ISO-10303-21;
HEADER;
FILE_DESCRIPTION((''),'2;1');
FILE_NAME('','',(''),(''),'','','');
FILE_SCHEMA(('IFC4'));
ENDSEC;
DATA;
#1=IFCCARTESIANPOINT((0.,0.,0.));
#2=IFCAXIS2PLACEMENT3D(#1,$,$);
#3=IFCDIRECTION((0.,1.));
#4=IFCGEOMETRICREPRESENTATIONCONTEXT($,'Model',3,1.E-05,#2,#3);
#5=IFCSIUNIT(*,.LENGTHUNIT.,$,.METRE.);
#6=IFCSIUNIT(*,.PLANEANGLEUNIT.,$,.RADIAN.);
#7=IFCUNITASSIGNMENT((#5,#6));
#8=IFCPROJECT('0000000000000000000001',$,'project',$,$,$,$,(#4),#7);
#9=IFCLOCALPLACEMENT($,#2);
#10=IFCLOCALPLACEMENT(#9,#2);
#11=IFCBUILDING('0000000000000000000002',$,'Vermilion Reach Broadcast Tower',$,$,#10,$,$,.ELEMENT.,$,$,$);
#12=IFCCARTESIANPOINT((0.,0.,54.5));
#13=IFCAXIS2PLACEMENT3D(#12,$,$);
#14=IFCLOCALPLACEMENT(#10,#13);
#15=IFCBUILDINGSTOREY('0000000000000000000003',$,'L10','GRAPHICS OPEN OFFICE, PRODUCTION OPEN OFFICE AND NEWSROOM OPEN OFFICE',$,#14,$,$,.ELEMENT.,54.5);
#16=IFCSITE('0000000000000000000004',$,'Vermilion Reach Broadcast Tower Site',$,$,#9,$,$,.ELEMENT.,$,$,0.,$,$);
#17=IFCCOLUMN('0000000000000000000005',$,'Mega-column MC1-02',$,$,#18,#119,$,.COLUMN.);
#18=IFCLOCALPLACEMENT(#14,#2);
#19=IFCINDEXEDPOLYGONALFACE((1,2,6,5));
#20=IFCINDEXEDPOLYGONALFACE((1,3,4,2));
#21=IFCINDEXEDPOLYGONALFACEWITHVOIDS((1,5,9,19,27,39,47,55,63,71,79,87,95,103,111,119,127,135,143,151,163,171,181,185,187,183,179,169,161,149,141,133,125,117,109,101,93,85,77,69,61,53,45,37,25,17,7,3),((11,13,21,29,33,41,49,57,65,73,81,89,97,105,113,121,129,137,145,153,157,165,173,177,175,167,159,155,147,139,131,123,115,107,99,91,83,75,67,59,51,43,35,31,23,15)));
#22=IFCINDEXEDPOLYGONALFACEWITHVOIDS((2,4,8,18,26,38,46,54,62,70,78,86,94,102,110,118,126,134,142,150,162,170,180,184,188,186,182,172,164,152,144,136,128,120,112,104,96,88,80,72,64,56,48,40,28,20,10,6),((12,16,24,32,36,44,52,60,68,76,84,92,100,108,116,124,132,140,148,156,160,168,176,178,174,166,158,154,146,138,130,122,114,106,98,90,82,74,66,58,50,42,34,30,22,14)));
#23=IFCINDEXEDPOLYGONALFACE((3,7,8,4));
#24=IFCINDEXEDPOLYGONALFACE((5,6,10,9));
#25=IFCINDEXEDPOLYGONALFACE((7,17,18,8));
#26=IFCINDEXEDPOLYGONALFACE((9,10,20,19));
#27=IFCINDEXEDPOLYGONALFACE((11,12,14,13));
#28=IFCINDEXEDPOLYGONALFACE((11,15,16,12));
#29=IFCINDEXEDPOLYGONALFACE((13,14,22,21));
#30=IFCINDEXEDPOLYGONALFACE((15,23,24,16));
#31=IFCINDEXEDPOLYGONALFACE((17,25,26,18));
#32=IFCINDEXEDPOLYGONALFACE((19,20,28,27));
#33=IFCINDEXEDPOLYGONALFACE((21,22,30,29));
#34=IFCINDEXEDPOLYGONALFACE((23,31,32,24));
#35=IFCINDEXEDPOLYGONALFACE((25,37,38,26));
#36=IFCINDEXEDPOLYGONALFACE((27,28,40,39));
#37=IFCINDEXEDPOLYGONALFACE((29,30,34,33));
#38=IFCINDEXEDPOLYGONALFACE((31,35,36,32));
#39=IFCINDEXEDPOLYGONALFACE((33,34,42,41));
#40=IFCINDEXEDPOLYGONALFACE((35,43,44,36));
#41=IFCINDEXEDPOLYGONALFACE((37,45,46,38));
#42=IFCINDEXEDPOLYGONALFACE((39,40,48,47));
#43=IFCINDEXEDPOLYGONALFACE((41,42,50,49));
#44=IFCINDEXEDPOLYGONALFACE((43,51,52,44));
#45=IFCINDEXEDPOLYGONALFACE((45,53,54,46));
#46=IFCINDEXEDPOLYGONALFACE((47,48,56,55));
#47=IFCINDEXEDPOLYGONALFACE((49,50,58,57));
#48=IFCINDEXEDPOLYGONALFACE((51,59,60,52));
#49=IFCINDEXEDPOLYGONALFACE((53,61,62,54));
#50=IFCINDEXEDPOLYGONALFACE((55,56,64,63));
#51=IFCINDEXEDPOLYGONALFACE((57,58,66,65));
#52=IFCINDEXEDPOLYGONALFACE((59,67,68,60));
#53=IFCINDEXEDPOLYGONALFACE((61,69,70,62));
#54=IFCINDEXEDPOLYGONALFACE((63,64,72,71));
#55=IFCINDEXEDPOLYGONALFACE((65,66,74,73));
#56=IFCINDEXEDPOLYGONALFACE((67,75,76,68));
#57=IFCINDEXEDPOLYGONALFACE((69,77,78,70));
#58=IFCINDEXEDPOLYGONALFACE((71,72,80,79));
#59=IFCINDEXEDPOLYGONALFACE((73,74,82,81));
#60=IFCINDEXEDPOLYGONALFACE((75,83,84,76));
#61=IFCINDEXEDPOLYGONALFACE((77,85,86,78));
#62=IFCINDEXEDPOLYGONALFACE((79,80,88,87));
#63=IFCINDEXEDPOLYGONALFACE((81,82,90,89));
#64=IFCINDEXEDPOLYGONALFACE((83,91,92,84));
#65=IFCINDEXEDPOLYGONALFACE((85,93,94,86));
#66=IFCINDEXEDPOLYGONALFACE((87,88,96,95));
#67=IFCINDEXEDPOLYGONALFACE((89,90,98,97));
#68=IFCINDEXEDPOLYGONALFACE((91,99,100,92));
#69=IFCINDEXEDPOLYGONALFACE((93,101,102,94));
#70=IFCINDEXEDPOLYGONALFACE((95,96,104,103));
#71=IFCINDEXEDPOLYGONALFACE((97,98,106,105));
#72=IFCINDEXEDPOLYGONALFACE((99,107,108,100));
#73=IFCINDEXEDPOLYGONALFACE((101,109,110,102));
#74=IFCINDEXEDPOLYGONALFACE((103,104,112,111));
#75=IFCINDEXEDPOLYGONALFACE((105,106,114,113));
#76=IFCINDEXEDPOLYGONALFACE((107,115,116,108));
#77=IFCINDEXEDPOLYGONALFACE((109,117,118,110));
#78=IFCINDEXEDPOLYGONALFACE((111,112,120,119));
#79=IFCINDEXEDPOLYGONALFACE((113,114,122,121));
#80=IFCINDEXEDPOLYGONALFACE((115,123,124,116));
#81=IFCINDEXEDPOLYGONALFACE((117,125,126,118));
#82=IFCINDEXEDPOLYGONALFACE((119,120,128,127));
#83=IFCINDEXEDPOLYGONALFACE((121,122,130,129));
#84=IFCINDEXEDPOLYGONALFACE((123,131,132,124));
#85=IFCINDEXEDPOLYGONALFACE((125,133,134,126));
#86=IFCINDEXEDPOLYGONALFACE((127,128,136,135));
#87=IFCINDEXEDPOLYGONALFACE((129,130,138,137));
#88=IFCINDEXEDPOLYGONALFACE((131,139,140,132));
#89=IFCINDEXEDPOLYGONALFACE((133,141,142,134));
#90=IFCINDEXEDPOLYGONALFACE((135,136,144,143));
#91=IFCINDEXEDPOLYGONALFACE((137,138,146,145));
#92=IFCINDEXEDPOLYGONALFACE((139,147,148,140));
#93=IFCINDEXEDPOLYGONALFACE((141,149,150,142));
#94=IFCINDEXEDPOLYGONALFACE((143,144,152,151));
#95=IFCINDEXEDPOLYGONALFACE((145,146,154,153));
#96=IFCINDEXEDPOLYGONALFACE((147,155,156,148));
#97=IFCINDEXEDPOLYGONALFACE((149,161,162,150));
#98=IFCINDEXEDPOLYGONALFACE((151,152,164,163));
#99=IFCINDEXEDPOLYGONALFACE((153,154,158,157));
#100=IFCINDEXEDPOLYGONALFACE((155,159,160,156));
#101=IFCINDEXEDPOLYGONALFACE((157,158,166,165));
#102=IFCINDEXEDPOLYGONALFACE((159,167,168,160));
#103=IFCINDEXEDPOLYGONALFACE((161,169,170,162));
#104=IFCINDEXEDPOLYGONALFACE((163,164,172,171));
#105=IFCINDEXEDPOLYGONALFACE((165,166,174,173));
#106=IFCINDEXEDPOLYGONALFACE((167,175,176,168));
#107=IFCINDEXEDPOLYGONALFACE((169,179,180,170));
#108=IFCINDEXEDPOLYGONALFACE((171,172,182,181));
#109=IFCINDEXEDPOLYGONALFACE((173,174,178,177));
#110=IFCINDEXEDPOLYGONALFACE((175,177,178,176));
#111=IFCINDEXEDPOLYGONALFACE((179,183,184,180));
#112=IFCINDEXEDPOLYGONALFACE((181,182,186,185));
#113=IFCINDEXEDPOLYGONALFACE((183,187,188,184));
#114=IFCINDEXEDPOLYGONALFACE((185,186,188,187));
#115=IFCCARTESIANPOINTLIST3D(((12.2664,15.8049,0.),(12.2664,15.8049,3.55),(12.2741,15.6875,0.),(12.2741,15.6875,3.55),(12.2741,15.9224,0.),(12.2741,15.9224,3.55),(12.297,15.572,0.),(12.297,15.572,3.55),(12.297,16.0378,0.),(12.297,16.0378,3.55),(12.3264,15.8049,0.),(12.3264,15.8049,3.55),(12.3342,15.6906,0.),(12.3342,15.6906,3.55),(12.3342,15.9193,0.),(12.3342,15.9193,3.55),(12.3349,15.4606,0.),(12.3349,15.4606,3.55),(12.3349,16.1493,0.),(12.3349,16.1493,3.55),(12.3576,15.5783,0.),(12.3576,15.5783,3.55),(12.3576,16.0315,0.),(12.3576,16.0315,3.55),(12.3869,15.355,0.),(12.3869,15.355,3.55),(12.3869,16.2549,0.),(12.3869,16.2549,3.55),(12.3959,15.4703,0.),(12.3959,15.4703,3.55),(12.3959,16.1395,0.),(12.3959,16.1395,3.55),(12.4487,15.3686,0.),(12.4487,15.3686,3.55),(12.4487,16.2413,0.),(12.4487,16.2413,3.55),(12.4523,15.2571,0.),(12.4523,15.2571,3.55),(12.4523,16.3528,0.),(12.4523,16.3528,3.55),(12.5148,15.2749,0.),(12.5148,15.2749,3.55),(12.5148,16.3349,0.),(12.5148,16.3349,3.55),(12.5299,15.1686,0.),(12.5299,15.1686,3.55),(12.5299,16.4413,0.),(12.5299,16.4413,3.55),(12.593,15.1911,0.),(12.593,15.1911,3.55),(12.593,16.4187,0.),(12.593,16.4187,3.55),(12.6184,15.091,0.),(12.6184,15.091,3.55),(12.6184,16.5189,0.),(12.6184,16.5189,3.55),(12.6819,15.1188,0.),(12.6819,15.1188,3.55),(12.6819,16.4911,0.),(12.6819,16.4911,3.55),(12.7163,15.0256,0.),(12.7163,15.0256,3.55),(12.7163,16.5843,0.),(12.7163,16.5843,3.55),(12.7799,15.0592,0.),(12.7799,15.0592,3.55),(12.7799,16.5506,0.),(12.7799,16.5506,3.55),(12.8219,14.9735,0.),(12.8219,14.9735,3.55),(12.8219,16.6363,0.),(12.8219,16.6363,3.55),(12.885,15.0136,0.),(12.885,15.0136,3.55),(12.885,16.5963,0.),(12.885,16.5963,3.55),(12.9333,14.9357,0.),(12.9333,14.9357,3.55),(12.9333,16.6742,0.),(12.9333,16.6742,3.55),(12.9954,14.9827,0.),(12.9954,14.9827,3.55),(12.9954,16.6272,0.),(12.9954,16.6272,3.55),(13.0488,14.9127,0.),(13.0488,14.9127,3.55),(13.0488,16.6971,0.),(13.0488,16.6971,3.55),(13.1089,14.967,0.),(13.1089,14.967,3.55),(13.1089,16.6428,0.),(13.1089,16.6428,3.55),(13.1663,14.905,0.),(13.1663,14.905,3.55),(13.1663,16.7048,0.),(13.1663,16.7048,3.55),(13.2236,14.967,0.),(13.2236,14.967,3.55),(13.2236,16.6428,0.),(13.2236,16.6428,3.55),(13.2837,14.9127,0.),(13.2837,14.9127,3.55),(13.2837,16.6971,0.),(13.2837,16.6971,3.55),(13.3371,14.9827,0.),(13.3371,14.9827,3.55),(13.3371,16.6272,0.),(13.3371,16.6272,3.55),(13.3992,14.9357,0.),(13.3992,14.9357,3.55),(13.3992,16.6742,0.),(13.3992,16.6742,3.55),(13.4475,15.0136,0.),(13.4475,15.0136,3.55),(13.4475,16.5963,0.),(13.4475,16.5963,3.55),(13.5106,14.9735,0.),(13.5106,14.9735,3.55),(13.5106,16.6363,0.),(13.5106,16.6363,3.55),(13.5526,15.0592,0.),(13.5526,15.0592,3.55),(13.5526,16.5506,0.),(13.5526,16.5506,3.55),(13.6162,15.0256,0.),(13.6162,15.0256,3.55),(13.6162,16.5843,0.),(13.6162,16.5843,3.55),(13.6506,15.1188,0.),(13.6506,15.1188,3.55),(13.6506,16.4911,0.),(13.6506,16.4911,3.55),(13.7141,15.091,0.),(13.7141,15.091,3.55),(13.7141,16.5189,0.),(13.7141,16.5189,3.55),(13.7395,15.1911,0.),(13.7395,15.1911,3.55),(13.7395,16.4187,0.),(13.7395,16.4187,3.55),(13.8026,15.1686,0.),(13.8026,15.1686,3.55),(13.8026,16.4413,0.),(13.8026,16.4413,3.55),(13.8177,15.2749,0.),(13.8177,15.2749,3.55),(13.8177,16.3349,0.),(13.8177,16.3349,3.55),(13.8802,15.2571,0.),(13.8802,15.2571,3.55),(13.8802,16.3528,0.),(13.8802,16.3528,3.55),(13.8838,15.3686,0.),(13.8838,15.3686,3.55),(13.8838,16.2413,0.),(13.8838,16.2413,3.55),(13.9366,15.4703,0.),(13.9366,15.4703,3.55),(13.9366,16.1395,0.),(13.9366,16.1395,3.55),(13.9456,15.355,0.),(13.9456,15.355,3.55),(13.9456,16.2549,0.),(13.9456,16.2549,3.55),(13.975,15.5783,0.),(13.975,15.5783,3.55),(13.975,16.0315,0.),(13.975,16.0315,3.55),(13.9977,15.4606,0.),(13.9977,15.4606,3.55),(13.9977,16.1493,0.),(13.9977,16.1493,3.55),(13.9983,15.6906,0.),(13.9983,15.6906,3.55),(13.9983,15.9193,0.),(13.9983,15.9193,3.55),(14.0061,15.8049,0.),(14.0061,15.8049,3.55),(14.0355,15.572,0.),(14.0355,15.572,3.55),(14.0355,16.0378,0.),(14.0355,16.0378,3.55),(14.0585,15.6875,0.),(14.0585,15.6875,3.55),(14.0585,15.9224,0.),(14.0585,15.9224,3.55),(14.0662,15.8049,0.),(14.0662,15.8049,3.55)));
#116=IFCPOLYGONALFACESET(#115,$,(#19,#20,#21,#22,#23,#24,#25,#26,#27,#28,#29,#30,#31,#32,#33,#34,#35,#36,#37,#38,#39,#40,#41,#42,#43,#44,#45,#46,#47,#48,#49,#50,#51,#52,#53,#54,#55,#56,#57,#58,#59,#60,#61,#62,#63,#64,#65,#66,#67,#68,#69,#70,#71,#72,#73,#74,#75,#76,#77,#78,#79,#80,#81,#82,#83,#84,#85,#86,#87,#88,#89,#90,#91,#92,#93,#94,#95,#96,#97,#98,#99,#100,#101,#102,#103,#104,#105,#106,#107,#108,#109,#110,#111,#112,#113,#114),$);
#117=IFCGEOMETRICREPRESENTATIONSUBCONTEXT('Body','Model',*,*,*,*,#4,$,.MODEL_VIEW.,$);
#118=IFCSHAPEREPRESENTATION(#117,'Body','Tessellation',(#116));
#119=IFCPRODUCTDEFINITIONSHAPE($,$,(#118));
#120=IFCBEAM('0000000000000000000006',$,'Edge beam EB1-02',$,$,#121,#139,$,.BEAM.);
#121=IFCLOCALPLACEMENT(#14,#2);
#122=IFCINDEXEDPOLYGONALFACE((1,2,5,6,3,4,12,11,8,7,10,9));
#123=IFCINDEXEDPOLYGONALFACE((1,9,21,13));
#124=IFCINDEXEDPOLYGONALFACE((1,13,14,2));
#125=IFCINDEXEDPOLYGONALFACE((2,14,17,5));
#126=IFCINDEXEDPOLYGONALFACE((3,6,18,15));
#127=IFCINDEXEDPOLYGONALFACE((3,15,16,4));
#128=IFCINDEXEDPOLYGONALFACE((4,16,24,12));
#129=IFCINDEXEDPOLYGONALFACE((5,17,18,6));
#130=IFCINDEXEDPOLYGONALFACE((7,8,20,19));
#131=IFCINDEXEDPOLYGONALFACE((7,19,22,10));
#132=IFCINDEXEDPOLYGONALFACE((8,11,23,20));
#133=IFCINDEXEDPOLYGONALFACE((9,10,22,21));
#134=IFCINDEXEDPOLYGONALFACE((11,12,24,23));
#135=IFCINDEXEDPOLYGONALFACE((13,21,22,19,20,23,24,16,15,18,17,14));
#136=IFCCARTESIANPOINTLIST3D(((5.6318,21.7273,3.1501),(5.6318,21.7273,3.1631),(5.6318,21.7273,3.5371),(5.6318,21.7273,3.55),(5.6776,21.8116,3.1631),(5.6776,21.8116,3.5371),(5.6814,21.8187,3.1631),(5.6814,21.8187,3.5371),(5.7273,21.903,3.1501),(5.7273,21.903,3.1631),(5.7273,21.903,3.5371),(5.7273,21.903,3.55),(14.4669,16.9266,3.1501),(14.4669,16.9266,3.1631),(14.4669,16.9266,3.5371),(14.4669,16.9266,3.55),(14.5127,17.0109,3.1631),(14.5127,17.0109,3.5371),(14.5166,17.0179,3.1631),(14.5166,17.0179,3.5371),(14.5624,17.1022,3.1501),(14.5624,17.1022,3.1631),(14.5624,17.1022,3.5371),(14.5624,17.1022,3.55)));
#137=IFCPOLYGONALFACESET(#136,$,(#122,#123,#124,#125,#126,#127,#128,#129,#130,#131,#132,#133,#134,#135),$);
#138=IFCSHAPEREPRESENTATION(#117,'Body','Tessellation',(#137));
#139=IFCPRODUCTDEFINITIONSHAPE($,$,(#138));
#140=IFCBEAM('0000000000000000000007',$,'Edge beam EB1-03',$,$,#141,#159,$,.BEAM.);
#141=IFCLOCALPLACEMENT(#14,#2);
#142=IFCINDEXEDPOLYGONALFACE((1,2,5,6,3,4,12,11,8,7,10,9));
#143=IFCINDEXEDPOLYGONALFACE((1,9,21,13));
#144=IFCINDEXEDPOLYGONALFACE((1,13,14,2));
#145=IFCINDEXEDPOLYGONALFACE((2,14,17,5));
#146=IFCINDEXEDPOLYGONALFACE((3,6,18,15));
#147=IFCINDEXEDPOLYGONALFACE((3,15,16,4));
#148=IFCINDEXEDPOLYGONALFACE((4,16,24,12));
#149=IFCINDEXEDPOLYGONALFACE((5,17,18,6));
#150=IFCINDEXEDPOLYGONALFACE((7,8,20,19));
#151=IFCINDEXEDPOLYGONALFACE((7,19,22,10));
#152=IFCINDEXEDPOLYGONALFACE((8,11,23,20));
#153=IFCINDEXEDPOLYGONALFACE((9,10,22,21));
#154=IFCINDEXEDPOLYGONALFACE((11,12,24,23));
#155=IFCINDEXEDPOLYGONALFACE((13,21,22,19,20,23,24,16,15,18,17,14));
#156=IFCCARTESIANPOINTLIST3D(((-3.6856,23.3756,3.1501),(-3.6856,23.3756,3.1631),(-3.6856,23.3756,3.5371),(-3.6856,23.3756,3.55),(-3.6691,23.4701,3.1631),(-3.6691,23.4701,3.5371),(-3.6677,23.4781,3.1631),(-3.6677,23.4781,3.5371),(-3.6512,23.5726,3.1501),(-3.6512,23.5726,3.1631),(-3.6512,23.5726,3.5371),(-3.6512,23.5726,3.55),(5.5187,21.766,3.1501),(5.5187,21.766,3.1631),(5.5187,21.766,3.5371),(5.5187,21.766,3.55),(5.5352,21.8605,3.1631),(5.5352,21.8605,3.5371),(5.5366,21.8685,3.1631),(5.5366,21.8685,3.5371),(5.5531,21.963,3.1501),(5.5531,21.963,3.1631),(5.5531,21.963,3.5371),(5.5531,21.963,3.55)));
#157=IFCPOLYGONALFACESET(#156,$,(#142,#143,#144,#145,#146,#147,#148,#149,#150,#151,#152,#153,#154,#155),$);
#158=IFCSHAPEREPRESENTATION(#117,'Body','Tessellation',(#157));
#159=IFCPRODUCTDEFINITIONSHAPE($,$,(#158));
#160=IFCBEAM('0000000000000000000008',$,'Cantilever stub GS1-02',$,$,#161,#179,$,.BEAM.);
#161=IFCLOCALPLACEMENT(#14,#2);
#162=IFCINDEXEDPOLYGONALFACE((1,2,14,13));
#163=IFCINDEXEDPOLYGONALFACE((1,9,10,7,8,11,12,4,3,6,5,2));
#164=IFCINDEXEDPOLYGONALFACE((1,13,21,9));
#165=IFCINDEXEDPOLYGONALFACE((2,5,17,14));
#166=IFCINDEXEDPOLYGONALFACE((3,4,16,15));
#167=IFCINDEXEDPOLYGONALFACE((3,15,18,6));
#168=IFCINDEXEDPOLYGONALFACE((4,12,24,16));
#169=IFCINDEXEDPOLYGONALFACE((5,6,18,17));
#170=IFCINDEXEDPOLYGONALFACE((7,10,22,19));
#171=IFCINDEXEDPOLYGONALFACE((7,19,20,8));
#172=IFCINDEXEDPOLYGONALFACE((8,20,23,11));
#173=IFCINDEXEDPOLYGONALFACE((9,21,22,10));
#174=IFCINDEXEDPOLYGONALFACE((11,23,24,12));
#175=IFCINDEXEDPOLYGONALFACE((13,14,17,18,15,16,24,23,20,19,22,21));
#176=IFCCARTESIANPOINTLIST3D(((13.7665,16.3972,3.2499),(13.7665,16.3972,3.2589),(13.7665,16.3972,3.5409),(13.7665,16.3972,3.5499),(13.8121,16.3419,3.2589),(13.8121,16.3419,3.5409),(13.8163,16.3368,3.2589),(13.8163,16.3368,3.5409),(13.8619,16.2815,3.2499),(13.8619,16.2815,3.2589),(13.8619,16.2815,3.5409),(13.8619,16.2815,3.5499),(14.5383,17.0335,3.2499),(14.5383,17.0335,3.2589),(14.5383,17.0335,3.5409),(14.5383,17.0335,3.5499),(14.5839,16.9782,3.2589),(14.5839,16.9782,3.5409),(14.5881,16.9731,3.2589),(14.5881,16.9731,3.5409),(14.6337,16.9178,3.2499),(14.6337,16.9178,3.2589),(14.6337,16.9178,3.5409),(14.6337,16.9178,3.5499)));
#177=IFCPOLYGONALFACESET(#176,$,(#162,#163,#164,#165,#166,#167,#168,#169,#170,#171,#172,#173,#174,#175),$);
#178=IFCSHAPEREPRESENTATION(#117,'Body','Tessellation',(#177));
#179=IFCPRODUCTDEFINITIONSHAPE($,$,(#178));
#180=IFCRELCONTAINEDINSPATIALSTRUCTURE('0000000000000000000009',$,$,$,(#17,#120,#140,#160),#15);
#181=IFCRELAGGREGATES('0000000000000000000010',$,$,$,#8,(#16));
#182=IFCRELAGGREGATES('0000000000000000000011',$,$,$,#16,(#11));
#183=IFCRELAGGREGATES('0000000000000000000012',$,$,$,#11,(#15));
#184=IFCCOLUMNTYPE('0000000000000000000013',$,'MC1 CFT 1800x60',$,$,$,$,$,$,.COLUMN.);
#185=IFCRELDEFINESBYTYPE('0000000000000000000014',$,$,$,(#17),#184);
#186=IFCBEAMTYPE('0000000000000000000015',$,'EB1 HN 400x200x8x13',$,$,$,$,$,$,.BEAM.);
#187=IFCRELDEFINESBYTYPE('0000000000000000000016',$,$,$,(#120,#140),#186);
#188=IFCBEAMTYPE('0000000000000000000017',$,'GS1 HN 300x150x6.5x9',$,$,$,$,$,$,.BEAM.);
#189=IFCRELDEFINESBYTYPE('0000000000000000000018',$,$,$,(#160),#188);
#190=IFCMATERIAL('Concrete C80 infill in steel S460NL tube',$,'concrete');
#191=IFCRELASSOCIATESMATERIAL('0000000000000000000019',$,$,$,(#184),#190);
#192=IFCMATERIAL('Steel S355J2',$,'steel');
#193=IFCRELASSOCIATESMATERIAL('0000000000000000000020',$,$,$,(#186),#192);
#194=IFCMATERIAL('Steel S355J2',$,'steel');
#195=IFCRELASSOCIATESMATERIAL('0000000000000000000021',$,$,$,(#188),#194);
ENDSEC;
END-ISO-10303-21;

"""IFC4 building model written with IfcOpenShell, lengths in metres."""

from ifc_helpers import new_model, si_unit, direction, frame, origin, origin_2d, place, context, subcontext, project, spatial, hollow_circle, i_section, extrude, material, material_profile, profile_set, type_object, element, save


model = new_model("IFC4")

# Units and contexts
model_context = context("Model", 3, precision=1e-05, world=origin(), true_north=direction((0.0, 1.0)))
body_context = subcontext(model_context, "Body", "Model", "MODEL_VIEW")
ifc_project = project(units=[si_unit("LENGTHUNIT", "METRE"), si_unit("PLANEANGLEUNIT", "RADIAN")], contexts=[model_context])

# Site, building, storey
site_placement = place(None, origin())
site = spatial("IfcSite", under=ifc_project, at=site_placement, Name="Vermilion Reach Broadcast Tower Site", CompositionType="ELEMENT", RefElevation=0.0)
building_placement = place(site_placement, origin())
building = spatial("IfcBuilding", under=site, at=building_placement, Name="Vermilion Reach Broadcast Tower", CompositionType="ELEMENT")
storey_placement = place(building_placement, frame((0.0, 0.0, 54.5)))
storey = spatial("IfcBuildingStorey", under=building, at=storey_placement, Name="L10", Description="GRAPHICS OPEN OFFICE, PRODUCTION OPEN OFFICE AND NEWSROOM OPEN OFFICE", CompositionType="ELEMENT", Elevation=54.5)

# Column
ifc_material_1 = material(Name="Concrete C80 infill in steel S460NL tube", Category="concrete")
ifc_material_profile_1 = material_profile(ifc_material_1, hollow_circle(Radius=0.8999, WallThickness=0.0601, at=origin_2d()), Name="Concrete C80 infill in steel S460NL tube CFT 1800x60")
ifc_profile_set_1 = profile_set([ifc_material_profile_1], Name="Concrete C80 infill in steel S460NL tube")
column_type = type_object("IfcColumnType", Name="MC1 CFT 1800x60", PredefinedType="COLUMN", material=ifc_profile_set_1)
column_placement = place(storey_placement, frame((13.1663, 15.8049, 0.0), z_axis=(0.0, 0.0, 1.0), x_axis=(1.0, 0.0, 0.0)))
element("IfcColumn", 1, at=column_placement, inside=storey, type_object=column_type, Name="Mega-column MC1-02", PredefinedType="COLUMN", context=body_context, shape_type="SweptSolid", body=[
    extrude(hollow_circle(Radius=0.8999, WallThickness=0.0601, at=origin_2d()), origin(), (0.0, 0.0, 1.0), 3.55),
])

# Beams
ifc_material_2 = material(Name="Steel S355J2", Category="steel")
ifc_material_profile_2 = material_profile(ifc_material_2, i_section(OverallWidth=0.2, OverallDepth=0.3999, WebThickness=0.0081, FlangeThickness=0.0129, at=origin_2d()), Name="S355J2 HN 400x200x8x13")
ifc_profile_set_2 = profile_set([ifc_material_profile_2], Name="Steel S355J2")
beam_type_1 = type_object("IfcBeamType", Name="EB1 HN 400x200x8x13", PredefinedType="BEAM", material=ifc_profile_set_2)
beam_1_placement = place(storey_placement, frame((14.5146, 17.0144, 3.3501), z_axis=(-0.878665, 0.47744, 0.0), x_axis=(-0.47744, -0.878665, 0.0)))
element("IfcBeam", 2, at=beam_1_placement, inside=storey, type_object=beam_type_1, Name="Edge beam EB1-02", PredefinedType="BEAM", context=body_context, shape_type="SweptSolid", body=[
    extrude(i_section(OverallWidth=0.2, OverallDepth=0.3999, WebThickness=0.0081, FlangeThickness=0.0129, at=origin_2d()), origin(), (0.0, 0.0, 1.0), 10.0552),
])
beam_2_placement = place(storey_placement, frame((5.5359, 21.8645, 3.3501), z_axis=(-0.985051, 0.172262, 0.0), x_axis=(-0.172262, -0.985051, 0.0)))
element("IfcBeam", 3, at=beam_2_placement, inside=storey, type_object=beam_type_1, Name="Edge beam EB1-03", PredefinedType="BEAM", context=body_context, shape_type="SweptSolid", body=[
    extrude(i_section(OverallWidth=0.2, OverallDepth=0.3999, WebThickness=0.0081, FlangeThickness=0.0129, at=origin_2d()), origin(), (0.0, 0.0, 1.0), 9.344),
])
ifc_material_3 = material(Name="Steel S355J2", Category="steel")
ifc_material_profile_3 = material_profile(ifc_material_3, i_section(OverallWidth=0.1499, OverallDepth=0.3, WebThickness=0.0066, FlangeThickness=0.009, at=origin_2d()), Name="S355J2 HN 300x150x6.5x9")
ifc_profile_set_3 = profile_set([ifc_material_profile_3], Name="Steel S355J2")
beam_type_2 = type_object("IfcBeamType", Name="GS1 HN 300x150x6.5x9", PredefinedType="BEAM", material=ifc_profile_set_3)
beam_3_placement = place(storey_placement, frame((13.8142, 16.3394, 3.3999), z_axis=(0.771592, 0.636118, 0.0), x_axis=(-0.636118, 0.771592, 0.0)))
element("IfcBeam", 4, at=beam_3_placement, inside=storey, type_object=beam_type_2, Name="Cantilever stub GS1-02", PredefinedType="BEAM", context=body_context, shape_type="SweptSolid", body=[
    extrude(i_section(OverallWidth=0.1499, OverallDepth=0.3, WebThickness=0.0066, FlangeThickness=0.009, at=origin_2d()), origin(), (0.0, 0.0, 1.0), 1.0002),
])

save(model, "model.ifc")
